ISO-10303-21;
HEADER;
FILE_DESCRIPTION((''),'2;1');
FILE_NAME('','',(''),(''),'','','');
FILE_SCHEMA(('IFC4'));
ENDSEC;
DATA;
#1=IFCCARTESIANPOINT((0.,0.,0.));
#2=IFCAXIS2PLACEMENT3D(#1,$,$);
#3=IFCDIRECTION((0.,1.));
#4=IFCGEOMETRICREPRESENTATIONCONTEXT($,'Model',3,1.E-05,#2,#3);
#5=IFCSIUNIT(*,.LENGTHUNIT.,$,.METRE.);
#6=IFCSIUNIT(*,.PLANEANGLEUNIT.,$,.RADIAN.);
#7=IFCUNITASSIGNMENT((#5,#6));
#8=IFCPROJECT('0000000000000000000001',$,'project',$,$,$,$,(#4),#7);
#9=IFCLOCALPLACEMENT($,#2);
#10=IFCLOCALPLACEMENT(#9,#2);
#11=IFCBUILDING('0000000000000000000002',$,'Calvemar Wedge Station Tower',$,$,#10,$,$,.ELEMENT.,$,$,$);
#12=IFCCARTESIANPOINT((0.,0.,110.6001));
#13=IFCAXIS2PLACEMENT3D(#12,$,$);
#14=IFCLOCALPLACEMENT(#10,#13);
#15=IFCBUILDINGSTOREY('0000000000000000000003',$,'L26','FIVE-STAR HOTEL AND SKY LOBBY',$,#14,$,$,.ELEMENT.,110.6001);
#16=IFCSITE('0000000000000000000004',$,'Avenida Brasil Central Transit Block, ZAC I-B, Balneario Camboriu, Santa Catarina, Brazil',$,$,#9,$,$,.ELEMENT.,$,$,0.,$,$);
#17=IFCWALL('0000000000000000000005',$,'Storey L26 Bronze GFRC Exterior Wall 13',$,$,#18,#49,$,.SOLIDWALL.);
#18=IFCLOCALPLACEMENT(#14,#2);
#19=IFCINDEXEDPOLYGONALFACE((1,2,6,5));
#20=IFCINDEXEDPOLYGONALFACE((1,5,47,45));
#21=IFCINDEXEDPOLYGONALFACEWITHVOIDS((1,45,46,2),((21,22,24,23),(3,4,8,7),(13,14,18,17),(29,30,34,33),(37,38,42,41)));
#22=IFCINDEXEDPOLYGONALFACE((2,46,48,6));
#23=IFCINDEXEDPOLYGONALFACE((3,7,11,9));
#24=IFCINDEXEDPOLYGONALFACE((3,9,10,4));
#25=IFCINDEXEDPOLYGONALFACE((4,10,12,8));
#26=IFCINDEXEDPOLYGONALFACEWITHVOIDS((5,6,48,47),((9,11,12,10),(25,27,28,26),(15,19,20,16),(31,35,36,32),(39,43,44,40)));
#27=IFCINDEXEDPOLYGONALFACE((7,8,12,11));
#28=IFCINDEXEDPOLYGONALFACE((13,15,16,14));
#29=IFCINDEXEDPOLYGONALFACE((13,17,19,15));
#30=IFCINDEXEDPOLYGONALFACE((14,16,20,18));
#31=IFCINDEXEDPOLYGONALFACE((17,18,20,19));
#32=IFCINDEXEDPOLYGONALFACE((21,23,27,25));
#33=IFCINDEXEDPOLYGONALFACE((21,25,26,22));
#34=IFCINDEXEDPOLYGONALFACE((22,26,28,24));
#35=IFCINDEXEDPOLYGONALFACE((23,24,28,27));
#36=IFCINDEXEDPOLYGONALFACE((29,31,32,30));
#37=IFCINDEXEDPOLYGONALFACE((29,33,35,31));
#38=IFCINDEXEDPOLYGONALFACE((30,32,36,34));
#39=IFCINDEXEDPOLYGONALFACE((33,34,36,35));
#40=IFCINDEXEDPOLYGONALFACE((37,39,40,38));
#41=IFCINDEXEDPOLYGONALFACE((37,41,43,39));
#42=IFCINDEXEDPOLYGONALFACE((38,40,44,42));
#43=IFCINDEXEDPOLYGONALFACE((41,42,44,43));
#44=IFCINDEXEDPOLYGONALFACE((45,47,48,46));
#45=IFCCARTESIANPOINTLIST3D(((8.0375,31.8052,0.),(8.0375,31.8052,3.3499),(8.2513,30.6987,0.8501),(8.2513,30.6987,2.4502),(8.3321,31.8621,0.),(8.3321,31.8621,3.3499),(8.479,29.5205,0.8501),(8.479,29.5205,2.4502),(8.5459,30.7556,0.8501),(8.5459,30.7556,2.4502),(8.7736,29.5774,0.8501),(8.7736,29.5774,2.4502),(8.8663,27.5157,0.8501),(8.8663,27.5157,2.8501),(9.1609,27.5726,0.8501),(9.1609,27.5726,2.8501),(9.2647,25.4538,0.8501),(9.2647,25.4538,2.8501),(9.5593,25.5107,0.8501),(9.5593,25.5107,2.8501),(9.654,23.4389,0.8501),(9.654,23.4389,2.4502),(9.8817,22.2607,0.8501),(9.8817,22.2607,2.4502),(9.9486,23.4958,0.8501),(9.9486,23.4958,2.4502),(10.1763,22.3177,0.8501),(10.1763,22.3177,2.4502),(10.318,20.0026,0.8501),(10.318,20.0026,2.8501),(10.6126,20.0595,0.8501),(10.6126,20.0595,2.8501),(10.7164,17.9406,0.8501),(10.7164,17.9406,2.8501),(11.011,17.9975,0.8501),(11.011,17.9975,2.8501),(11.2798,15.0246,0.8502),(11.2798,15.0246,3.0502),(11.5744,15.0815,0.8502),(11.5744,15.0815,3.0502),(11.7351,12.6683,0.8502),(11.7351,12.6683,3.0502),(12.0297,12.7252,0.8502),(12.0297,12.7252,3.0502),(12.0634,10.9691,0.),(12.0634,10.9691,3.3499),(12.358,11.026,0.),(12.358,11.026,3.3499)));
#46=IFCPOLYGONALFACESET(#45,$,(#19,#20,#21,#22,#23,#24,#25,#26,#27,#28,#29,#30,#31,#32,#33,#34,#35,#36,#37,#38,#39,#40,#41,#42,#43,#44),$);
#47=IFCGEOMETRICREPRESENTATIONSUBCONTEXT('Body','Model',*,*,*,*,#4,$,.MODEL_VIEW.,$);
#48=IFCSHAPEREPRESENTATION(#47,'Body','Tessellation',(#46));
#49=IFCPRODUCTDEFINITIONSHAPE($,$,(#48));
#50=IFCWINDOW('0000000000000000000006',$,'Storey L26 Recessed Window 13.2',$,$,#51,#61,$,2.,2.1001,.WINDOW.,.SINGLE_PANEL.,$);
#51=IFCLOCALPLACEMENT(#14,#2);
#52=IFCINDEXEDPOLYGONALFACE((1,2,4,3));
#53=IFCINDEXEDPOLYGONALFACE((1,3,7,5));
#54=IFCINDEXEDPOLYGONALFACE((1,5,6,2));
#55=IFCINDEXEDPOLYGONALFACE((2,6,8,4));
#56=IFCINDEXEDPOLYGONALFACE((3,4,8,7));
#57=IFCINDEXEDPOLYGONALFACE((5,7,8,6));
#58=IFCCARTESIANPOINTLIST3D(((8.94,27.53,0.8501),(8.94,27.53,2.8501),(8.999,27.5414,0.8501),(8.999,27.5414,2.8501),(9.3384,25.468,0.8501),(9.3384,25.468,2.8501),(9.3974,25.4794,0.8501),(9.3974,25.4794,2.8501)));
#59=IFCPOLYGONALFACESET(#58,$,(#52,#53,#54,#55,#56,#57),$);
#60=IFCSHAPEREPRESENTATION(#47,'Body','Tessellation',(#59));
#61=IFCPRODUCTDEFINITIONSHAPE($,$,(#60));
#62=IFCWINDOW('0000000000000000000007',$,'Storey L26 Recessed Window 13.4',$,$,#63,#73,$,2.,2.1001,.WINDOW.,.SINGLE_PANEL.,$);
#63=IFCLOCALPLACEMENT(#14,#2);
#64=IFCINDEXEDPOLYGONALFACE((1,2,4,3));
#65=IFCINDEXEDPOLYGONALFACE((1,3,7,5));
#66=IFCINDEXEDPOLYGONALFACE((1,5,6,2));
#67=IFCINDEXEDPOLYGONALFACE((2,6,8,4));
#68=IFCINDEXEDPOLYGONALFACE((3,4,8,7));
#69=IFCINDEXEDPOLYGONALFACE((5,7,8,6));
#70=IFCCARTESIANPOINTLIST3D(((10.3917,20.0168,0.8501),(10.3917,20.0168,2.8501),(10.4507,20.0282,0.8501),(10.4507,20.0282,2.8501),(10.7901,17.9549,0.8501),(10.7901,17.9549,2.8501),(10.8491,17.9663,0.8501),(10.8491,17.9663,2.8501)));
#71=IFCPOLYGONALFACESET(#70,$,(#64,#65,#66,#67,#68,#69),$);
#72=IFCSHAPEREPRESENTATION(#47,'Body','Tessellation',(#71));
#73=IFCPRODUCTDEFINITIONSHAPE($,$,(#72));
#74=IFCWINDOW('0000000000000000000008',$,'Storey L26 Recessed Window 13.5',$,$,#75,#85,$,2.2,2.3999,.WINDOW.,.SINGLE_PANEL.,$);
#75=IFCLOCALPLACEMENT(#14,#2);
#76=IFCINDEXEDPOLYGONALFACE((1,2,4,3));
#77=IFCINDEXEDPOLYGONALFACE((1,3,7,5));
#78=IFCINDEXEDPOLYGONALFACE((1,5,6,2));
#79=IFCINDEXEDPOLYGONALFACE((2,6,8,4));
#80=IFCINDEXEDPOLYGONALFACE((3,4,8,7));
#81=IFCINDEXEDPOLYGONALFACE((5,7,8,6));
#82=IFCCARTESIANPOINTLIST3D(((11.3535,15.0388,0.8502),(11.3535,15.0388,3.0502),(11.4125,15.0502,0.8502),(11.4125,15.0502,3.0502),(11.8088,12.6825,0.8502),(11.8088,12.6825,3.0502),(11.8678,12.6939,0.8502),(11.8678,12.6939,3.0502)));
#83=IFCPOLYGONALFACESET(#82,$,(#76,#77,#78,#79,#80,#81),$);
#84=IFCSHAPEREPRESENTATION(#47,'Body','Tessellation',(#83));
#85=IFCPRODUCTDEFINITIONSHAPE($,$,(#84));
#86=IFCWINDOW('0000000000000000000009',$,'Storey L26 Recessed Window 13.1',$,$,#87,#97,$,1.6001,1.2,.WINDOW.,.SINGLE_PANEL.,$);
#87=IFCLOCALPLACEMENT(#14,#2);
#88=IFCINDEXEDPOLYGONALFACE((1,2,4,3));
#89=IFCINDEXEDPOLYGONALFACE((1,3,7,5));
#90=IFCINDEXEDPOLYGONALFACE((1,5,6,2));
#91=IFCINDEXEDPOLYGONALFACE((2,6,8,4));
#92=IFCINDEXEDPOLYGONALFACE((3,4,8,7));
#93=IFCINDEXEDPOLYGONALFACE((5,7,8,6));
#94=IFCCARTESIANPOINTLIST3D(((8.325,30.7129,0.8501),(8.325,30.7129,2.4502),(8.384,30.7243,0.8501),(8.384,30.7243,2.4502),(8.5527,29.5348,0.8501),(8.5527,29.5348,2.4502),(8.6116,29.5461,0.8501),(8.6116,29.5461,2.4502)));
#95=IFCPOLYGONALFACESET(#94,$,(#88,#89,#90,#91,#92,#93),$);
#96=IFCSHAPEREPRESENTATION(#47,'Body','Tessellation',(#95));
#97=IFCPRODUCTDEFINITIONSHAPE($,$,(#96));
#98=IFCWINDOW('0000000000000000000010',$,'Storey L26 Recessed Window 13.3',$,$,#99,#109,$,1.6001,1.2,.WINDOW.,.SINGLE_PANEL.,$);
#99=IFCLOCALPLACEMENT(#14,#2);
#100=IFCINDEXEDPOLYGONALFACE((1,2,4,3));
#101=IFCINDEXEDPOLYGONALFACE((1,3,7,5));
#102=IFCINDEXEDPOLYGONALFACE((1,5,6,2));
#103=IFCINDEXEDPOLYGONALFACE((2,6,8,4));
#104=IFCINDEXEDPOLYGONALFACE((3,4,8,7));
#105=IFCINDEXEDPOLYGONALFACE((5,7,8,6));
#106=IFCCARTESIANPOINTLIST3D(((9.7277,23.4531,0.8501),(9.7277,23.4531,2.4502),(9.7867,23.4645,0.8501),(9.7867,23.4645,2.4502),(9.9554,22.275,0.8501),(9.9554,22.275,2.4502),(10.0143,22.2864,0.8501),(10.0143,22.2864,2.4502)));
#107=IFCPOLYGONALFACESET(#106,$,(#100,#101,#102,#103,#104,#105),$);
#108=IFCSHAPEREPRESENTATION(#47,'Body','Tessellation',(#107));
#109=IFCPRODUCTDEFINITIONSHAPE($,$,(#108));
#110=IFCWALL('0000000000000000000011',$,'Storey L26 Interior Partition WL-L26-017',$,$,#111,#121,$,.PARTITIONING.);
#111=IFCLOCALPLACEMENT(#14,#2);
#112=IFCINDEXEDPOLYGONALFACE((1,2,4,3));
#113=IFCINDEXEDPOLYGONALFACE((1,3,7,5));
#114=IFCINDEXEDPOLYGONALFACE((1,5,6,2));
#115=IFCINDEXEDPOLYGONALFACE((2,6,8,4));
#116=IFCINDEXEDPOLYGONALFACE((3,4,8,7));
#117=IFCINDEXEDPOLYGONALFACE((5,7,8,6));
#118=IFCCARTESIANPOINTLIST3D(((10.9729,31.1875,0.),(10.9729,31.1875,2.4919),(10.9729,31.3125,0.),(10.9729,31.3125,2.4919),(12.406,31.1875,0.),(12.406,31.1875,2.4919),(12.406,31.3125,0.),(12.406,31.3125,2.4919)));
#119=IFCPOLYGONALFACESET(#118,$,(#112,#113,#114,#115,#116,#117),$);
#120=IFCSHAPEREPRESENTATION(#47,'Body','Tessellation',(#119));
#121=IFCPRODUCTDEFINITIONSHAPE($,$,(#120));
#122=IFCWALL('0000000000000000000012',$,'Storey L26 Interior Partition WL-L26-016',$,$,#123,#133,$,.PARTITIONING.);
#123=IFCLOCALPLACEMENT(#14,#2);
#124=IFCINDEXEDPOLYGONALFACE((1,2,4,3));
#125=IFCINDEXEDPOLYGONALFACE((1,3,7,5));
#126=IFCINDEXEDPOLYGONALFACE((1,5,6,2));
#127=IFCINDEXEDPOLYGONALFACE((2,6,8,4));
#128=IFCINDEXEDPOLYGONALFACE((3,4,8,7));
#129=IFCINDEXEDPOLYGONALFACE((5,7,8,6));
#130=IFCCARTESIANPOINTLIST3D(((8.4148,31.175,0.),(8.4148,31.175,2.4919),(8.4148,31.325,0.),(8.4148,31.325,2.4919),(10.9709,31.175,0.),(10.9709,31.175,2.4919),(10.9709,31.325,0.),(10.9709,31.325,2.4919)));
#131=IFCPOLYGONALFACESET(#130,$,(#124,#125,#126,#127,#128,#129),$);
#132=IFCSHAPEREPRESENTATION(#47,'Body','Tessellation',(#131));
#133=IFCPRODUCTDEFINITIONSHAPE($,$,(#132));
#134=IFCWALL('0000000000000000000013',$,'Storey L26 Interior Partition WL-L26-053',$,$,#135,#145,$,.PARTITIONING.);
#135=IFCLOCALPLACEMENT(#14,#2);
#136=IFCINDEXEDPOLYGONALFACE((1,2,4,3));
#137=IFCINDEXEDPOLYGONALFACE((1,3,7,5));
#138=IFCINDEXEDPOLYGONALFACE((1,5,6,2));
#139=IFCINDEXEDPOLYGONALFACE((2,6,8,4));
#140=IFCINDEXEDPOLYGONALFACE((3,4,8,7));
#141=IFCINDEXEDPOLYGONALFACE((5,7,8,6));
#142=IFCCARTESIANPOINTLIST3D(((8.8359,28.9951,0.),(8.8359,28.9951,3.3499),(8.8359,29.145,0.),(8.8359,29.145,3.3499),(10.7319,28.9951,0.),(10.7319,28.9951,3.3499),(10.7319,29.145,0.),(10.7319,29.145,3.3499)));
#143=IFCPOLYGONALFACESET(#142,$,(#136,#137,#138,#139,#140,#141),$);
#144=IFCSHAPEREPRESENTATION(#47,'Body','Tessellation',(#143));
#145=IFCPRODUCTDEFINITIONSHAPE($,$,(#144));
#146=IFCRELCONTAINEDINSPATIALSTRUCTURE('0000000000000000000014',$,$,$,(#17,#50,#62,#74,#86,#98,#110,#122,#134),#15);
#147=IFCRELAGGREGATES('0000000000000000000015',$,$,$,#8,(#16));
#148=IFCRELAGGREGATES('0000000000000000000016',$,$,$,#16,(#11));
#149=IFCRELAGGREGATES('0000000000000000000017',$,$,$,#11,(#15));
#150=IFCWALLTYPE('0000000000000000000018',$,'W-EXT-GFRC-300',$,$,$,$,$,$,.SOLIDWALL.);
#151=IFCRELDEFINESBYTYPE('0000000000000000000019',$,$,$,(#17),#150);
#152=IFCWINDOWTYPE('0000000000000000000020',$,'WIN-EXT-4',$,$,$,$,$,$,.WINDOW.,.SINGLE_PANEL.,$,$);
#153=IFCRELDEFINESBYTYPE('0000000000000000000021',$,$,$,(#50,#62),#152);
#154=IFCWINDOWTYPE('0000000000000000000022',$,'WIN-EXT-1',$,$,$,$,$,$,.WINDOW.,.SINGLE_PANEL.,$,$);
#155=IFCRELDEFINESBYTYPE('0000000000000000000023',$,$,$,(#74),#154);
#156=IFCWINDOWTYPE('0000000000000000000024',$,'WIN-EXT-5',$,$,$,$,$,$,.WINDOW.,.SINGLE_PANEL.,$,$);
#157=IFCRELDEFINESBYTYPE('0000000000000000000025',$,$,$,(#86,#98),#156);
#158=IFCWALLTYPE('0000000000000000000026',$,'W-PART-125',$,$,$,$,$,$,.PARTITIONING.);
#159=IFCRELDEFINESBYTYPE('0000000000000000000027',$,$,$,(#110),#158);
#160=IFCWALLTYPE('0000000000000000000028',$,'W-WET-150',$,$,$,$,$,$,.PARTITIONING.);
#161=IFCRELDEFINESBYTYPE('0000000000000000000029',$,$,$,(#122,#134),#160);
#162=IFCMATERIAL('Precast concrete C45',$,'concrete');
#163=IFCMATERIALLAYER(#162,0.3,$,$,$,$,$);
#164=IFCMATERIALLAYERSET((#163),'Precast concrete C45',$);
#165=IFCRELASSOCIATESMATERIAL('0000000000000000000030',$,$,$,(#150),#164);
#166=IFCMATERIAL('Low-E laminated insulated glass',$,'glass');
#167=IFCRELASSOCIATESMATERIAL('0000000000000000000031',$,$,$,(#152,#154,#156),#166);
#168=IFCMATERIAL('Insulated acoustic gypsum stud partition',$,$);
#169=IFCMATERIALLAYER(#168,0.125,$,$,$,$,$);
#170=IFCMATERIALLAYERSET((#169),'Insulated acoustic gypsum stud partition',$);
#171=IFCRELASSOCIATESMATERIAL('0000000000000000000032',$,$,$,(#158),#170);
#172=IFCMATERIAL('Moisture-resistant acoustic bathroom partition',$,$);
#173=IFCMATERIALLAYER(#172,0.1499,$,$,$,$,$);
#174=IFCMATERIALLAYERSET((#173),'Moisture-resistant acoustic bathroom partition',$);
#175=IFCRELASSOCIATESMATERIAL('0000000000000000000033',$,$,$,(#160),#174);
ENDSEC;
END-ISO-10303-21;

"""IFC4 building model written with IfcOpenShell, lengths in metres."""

from ifc_helpers import new_model, si_unit, direction, frame, frame_2d, origin, place, context, subcontext, project, spatial, rectangle, extrude, source, transform, mapped, material, layer, layer_set, type_object, element, fill, save


model = new_model("IFC4")

# Units and contexts
model_context = context("Model", 3, precision=1e-05, world=origin(), true_north=direction((0.0, 1.0)))
body_context = subcontext(model_context, "Body", "Model", "MODEL_VIEW")
ifc_project = project(units=[si_unit("LENGTHUNIT", "METRE"), si_unit("PLANEANGLEUNIT", "RADIAN")], contexts=[model_context])

# Site, building, storey
site_placement = place(None, origin())
site = spatial("IfcSite", under=ifc_project, at=site_placement, Name="Avenida Brasil Central Transit Block, ZAC I-B, Balneario Camboriu, Santa Catarina, Brazil", CompositionType="ELEMENT", RefElevation=0.0)
building_placement = place(site_placement, origin())
building = spatial("IfcBuilding", under=site, at=building_placement, Name="Calvemar Wedge Station Tower", CompositionType="ELEMENT")
storey_placement = place(building_placement, frame((0.0, 0.0, 110.6001)))
storey = spatial("IfcBuildingStorey", under=building, at=storey_placement, Name="L26", Description="FIVE-STAR HOTEL AND SKY LOBBY", CompositionType="ELEMENT", Elevation=110.6001)

# Wall, openings, windows
ifc_material_1 = material(Name="Precast concrete C45", Category="concrete")
ifc_layer_1 = layer(ifc_material_1, 0.3)
ifc_layer_set_1 = layer_set([ifc_layer_1], Name="Precast concrete C45")
wall_type_1 = type_object("IfcWallType", Name="W-EXT-GFRC-300", PredefinedType="SOLIDWALL", material=ifc_layer_set_1)
wall_1_placement = place(storey_placement, frame((8.1848, 31.8337, 0.0), z_axis=(0.0, 0.0, 1.0), x_axis=(0.189707, -0.981841, 0.0)))
wall_1 = element("IfcWall", 1, at=wall_1_placement, inside=storey, type_object=wall_type_1, Name="Storey L26 Bronze GFRC Exterior Wall 13", PredefinedType="SOLIDWALL", context=body_context, shape_type="SweptSolid", body=[
    extrude(rectangle(XDim=21.2214, YDim=0.3, at=frame_2d((10.6108, 0.0))), origin(), (0.0, 0.0, 1.0), 3.3499),
])
shared_shape_1 = source(origin(), body_context, "Body", "SweptSolid", [
    extrude(rectangle(XDim=1.2, YDim=1.6001, at=frame_2d((0.6001, 0.8))), frame((0.0, 0.1602, 0.0), z_axis=(0.0, -1.0, 0.0), x_axis=(1.0, 0.0, 0.0)), (0.0, 0.0, 1.0), 0.3201),
])
opening_1_placement = place(wall_1_placement, frame((1.127, 0.0, 0.8501)))
opening_1 = element("IfcOpeningElement", 2, at=opening_1_placement, cuts=wall_1, PredefinedType="OPENING", context=body_context, shape_type="MappedRepresentation", body=[
    mapped(shared_shape_1, transform((0.0, 0.0, 0.0), scale=1.0)),
])
shared_shape_2 = source(origin(), body_context, "Body", "SweptSolid", [
    extrude(rectangle(XDim=2.1001, YDim=2.0, at=frame_2d((1.05, 1.0))), frame((0.0, 0.1602, 0.0), z_axis=(0.0, -1.0, 0.0), x_axis=(1.0, 0.0, 0.0)), (0.0, 0.0, 1.0), 0.3201),
])
opening_2_placement = place(wall_1_placement, frame((4.3689, 0.0, 0.8501)))
opening_2 = element("IfcOpeningElement", 3, at=opening_2_placement, cuts=wall_1, PredefinedType="OPENING", context=body_context, shape_type="MappedRepresentation", body=[
    mapped(shared_shape_2, transform((0.0, 0.0, 0.0), scale=1.0)),
])
opening_3_placement = place(wall_1_placement, frame((8.521, 0.0, 0.8501)))
opening_3 = element("IfcOpeningElement", 4, at=opening_3_placement, cuts=wall_1, PredefinedType="OPENING", context=body_context, shape_type="MappedRepresentation", body=[
    mapped(shared_shape_1, transform((0.0, 0.0, 0.0), scale=1.0)),
])
opening_4_placement = place(wall_1_placement, frame((12.021, 0.0, 0.8501)))
opening_4 = element("IfcOpeningElement", 5, at=opening_4_placement, cuts=wall_1, PredefinedType="OPENING", context=body_context, shape_type="MappedRepresentation", body=[
    mapped(shared_shape_2, transform((0.0, 0.0, 0.0), scale=1.0)),
])
shared_shape_3 = source(origin(), body_context, "Body", "SweptSolid", [
    extrude(rectangle(XDim=2.3999, YDim=2.2, at=frame_2d((1.2, 1.1001))), frame((0.0, 0.1602, 0.0), z_axis=(0.0, -1.0, 0.0), x_axis=(1.0, 0.0, 0.0)), (0.0, 0.0, 1.0), 0.3201),
])
opening_5_placement = place(wall_1_placement, frame((17.0911, 0.0, 0.8501)))
opening_5 = element("IfcOpeningElement", 6, at=opening_5_placement, cuts=wall_1, PredefinedType="OPENING", context=body_context, shape_type="MappedRepresentation", body=[
    mapped(shared_shape_3, transform((0.0, 0.0, 0.0), scale=1.0)),
])
ifc_material_2 = material(Name="Low-E laminated insulated glass", Category="glass")
window_type_1 = type_object("IfcWindowType", Name="WIN-EXT-4", PartitioningType="SINGLE_PANEL", PredefinedType="WINDOW", material=ifc_material_2)
shared_shape_4 = source(origin(), body_context, "Body", "SweptSolid", [
    extrude(rectangle(XDim=2.1001, YDim=2.0, at=frame_2d((1.05, 1.0))), frame((0.0, -0.0149, 0.0), z_axis=(0.0, -1.0, 0.0), x_axis=(1.0, 0.0, 0.0)), (0.0, 0.0, 1.0), 0.0601),
])
window_1_placement = place(opening_2_placement, origin())
window_1 = element("IfcWindow", 7, at=window_1_placement, inside=storey, type_object=window_type_1, Name="Storey L26 Recessed Window 13.2", OverallHeight=2.0, OverallWidth=2.1001, PartitioningType="SINGLE_PANEL", PredefinedType="WINDOW", context=body_context, shape_type="MappedRepresentation", body=[
    mapped(shared_shape_4, transform((0.0, 0.0, 0.0), scale=1.0)),
])
fill(opening_2, window_1)
window_2_placement = place(opening_4_placement, origin())
window_2 = element("IfcWindow", 8, at=window_2_placement, inside=storey, type_object=window_type_1, Name="Storey L26 Recessed Window 13.4", OverallHeight=2.0, OverallWidth=2.1001, PartitioningType="SINGLE_PANEL", PredefinedType="WINDOW", context=body_context, shape_type="MappedRepresentation", body=[
    mapped(shared_shape_4, transform((0.0, 0.0, 0.0), scale=1.0)),
])
fill(opening_4, window_2)
window_type_2 = type_object("IfcWindowType", Name="WIN-EXT-1", PartitioningType="SINGLE_PANEL", PredefinedType="WINDOW", material=ifc_material_2)
shared_shape_5 = source(origin(), body_context, "Body", "SweptSolid", [
    extrude(rectangle(XDim=2.3999, YDim=2.2, at=frame_2d((1.2, 1.1001))), frame((0.0, -0.0149, 0.0), z_axis=(0.0, -1.0, 0.0), x_axis=(1.0, 0.0, 0.0)), (0.0, 0.0, 1.0), 0.0601),
])
window_3_placement = place(opening_5_placement, origin())
window_3 = element("IfcWindow", 9, at=window_3_placement, inside=storey, type_object=window_type_2, Name="Storey L26 Recessed Window 13.5", OverallHeight=2.2, OverallWidth=2.3999, PartitioningType="SINGLE_PANEL", PredefinedType="WINDOW", context=body_context, shape_type="MappedRepresentation", body=[
    mapped(shared_shape_5, transform((0.0, 0.0, 0.0), scale=1.0)),
])
fill(opening_5, window_3)
window_type_3 = type_object("IfcWindowType", Name="WIN-EXT-5", PartitioningType="SINGLE_PANEL", PredefinedType="WINDOW", material=ifc_material_2)
shared_shape_6 = source(origin(), body_context, "Body", "SweptSolid", [
    extrude(rectangle(XDim=1.2, YDim=1.6001, at=frame_2d((0.6001, 0.8))), frame((0.0, -0.0149, 0.0), z_axis=(0.0, -1.0, 0.0), x_axis=(1.0, 0.0, 0.0)), (0.0, 0.0, 1.0), 0.0601),
])
window_4_placement = place(opening_1_placement, origin())
window_4 = element("IfcWindow", 10, at=window_4_placement, inside=storey, type_object=window_type_3, Name="Storey L26 Recessed Window 13.1", OverallHeight=1.6001, OverallWidth=1.2, PartitioningType="SINGLE_PANEL", PredefinedType="WINDOW", context=body_context, shape_type="MappedRepresentation", body=[
    mapped(shared_shape_6, transform((0.0, 0.0, 0.0), scale=1.0)),
])
fill(opening_1, window_4)
window_5_placement = place(opening_3_placement, origin())
window_5 = element("IfcWindow", 11, at=window_5_placement, inside=storey, type_object=window_type_3, Name="Storey L26 Recessed Window 13.3", OverallHeight=1.6001, OverallWidth=1.2, PartitioningType="SINGLE_PANEL", PredefinedType="WINDOW", context=body_context, shape_type="MappedRepresentation", body=[
    mapped(shared_shape_6, transform((0.0, 0.0, 0.0), scale=1.0)),
])
fill(opening_3, window_5)

# Walls
ifc_material_3 = material(Name="Insulated acoustic gypsum stud partition")
ifc_layer_2 = layer(ifc_material_3, 0.125)
ifc_layer_set_2 = layer_set([ifc_layer_2], Name="Insulated acoustic gypsum stud partition")
wall_type_2 = type_object("IfcWallType", Name="W-PART-125", PredefinedType="PARTITIONING", material=ifc_layer_set_2)
wall_2_placement = place(storey_placement, frame((12.406, 31.25, 0.0), z_axis=(0.0, 0.0, 1.0), x_axis=(-1.0, 0.0, 0.0)))
element("IfcWall", 12, at=wall_2_placement, inside=storey, type_object=wall_type_2, Name="Storey L26 Interior Partition WL-L26-017", PredefinedType="PARTITIONING", context=body_context, shape_type="SweptSolid", body=[
    extrude(rectangle(XDim=1.4331, YDim=0.125, at=frame_2d((0.7166, 0.0))), origin(), (0.0, 0.0, 1.0), 2.4919),
])
ifc_material_4 = material(Name="Moisture-resistant acoustic bathroom partition")
ifc_layer_3 = layer(ifc_material_4, 0.1499)
ifc_layer_set_3 = layer_set([ifc_layer_3], Name="Moisture-resistant acoustic bathroom partition")
wall_type_3 = type_object("IfcWallType", Name="W-WET-150", PredefinedType="PARTITIONING", material=ifc_layer_set_3)
wall_3_placement = place(storey_placement, frame((10.9709, 31.25, 0.0), z_axis=(0.0, 0.0, 1.0), x_axis=(-1.0, 0.0, 0.0)))
element("IfcWall", 13, at=wall_3_placement, inside=storey, type_object=wall_type_3, Name="Storey L26 Interior Partition WL-L26-016", PredefinedType="PARTITIONING", context=body_context, shape_type="SweptSolid", body=[
    extrude(rectangle(XDim=2.5562, YDim=0.1499, at=frame_2d((1.2781, 0.0))), origin(), (0.0, 0.0, 1.0), 2.4919),
])

# Wall
wall_4_placement = place(storey_placement, frame((10.7319, 29.0701, 0.0), z_axis=(0.0, 0.0, 1.0), x_axis=(-1.0, 0.0, 0.0)))
element("IfcWall", 14, at=wall_4_placement, inside=storey, type_object=wall_type_3, Name="Storey L26 Interior Partition WL-L26-053", PredefinedType="PARTITIONING", context=body_context, shape_type="SweptSolid", body=[
    extrude(rectangle(XDim=1.896, YDim=0.1499, at=frame_2d((0.948, 0.0))), origin(), (0.0, 0.0, 1.0), 3.3499),
])

save(model, "model.ifc")
